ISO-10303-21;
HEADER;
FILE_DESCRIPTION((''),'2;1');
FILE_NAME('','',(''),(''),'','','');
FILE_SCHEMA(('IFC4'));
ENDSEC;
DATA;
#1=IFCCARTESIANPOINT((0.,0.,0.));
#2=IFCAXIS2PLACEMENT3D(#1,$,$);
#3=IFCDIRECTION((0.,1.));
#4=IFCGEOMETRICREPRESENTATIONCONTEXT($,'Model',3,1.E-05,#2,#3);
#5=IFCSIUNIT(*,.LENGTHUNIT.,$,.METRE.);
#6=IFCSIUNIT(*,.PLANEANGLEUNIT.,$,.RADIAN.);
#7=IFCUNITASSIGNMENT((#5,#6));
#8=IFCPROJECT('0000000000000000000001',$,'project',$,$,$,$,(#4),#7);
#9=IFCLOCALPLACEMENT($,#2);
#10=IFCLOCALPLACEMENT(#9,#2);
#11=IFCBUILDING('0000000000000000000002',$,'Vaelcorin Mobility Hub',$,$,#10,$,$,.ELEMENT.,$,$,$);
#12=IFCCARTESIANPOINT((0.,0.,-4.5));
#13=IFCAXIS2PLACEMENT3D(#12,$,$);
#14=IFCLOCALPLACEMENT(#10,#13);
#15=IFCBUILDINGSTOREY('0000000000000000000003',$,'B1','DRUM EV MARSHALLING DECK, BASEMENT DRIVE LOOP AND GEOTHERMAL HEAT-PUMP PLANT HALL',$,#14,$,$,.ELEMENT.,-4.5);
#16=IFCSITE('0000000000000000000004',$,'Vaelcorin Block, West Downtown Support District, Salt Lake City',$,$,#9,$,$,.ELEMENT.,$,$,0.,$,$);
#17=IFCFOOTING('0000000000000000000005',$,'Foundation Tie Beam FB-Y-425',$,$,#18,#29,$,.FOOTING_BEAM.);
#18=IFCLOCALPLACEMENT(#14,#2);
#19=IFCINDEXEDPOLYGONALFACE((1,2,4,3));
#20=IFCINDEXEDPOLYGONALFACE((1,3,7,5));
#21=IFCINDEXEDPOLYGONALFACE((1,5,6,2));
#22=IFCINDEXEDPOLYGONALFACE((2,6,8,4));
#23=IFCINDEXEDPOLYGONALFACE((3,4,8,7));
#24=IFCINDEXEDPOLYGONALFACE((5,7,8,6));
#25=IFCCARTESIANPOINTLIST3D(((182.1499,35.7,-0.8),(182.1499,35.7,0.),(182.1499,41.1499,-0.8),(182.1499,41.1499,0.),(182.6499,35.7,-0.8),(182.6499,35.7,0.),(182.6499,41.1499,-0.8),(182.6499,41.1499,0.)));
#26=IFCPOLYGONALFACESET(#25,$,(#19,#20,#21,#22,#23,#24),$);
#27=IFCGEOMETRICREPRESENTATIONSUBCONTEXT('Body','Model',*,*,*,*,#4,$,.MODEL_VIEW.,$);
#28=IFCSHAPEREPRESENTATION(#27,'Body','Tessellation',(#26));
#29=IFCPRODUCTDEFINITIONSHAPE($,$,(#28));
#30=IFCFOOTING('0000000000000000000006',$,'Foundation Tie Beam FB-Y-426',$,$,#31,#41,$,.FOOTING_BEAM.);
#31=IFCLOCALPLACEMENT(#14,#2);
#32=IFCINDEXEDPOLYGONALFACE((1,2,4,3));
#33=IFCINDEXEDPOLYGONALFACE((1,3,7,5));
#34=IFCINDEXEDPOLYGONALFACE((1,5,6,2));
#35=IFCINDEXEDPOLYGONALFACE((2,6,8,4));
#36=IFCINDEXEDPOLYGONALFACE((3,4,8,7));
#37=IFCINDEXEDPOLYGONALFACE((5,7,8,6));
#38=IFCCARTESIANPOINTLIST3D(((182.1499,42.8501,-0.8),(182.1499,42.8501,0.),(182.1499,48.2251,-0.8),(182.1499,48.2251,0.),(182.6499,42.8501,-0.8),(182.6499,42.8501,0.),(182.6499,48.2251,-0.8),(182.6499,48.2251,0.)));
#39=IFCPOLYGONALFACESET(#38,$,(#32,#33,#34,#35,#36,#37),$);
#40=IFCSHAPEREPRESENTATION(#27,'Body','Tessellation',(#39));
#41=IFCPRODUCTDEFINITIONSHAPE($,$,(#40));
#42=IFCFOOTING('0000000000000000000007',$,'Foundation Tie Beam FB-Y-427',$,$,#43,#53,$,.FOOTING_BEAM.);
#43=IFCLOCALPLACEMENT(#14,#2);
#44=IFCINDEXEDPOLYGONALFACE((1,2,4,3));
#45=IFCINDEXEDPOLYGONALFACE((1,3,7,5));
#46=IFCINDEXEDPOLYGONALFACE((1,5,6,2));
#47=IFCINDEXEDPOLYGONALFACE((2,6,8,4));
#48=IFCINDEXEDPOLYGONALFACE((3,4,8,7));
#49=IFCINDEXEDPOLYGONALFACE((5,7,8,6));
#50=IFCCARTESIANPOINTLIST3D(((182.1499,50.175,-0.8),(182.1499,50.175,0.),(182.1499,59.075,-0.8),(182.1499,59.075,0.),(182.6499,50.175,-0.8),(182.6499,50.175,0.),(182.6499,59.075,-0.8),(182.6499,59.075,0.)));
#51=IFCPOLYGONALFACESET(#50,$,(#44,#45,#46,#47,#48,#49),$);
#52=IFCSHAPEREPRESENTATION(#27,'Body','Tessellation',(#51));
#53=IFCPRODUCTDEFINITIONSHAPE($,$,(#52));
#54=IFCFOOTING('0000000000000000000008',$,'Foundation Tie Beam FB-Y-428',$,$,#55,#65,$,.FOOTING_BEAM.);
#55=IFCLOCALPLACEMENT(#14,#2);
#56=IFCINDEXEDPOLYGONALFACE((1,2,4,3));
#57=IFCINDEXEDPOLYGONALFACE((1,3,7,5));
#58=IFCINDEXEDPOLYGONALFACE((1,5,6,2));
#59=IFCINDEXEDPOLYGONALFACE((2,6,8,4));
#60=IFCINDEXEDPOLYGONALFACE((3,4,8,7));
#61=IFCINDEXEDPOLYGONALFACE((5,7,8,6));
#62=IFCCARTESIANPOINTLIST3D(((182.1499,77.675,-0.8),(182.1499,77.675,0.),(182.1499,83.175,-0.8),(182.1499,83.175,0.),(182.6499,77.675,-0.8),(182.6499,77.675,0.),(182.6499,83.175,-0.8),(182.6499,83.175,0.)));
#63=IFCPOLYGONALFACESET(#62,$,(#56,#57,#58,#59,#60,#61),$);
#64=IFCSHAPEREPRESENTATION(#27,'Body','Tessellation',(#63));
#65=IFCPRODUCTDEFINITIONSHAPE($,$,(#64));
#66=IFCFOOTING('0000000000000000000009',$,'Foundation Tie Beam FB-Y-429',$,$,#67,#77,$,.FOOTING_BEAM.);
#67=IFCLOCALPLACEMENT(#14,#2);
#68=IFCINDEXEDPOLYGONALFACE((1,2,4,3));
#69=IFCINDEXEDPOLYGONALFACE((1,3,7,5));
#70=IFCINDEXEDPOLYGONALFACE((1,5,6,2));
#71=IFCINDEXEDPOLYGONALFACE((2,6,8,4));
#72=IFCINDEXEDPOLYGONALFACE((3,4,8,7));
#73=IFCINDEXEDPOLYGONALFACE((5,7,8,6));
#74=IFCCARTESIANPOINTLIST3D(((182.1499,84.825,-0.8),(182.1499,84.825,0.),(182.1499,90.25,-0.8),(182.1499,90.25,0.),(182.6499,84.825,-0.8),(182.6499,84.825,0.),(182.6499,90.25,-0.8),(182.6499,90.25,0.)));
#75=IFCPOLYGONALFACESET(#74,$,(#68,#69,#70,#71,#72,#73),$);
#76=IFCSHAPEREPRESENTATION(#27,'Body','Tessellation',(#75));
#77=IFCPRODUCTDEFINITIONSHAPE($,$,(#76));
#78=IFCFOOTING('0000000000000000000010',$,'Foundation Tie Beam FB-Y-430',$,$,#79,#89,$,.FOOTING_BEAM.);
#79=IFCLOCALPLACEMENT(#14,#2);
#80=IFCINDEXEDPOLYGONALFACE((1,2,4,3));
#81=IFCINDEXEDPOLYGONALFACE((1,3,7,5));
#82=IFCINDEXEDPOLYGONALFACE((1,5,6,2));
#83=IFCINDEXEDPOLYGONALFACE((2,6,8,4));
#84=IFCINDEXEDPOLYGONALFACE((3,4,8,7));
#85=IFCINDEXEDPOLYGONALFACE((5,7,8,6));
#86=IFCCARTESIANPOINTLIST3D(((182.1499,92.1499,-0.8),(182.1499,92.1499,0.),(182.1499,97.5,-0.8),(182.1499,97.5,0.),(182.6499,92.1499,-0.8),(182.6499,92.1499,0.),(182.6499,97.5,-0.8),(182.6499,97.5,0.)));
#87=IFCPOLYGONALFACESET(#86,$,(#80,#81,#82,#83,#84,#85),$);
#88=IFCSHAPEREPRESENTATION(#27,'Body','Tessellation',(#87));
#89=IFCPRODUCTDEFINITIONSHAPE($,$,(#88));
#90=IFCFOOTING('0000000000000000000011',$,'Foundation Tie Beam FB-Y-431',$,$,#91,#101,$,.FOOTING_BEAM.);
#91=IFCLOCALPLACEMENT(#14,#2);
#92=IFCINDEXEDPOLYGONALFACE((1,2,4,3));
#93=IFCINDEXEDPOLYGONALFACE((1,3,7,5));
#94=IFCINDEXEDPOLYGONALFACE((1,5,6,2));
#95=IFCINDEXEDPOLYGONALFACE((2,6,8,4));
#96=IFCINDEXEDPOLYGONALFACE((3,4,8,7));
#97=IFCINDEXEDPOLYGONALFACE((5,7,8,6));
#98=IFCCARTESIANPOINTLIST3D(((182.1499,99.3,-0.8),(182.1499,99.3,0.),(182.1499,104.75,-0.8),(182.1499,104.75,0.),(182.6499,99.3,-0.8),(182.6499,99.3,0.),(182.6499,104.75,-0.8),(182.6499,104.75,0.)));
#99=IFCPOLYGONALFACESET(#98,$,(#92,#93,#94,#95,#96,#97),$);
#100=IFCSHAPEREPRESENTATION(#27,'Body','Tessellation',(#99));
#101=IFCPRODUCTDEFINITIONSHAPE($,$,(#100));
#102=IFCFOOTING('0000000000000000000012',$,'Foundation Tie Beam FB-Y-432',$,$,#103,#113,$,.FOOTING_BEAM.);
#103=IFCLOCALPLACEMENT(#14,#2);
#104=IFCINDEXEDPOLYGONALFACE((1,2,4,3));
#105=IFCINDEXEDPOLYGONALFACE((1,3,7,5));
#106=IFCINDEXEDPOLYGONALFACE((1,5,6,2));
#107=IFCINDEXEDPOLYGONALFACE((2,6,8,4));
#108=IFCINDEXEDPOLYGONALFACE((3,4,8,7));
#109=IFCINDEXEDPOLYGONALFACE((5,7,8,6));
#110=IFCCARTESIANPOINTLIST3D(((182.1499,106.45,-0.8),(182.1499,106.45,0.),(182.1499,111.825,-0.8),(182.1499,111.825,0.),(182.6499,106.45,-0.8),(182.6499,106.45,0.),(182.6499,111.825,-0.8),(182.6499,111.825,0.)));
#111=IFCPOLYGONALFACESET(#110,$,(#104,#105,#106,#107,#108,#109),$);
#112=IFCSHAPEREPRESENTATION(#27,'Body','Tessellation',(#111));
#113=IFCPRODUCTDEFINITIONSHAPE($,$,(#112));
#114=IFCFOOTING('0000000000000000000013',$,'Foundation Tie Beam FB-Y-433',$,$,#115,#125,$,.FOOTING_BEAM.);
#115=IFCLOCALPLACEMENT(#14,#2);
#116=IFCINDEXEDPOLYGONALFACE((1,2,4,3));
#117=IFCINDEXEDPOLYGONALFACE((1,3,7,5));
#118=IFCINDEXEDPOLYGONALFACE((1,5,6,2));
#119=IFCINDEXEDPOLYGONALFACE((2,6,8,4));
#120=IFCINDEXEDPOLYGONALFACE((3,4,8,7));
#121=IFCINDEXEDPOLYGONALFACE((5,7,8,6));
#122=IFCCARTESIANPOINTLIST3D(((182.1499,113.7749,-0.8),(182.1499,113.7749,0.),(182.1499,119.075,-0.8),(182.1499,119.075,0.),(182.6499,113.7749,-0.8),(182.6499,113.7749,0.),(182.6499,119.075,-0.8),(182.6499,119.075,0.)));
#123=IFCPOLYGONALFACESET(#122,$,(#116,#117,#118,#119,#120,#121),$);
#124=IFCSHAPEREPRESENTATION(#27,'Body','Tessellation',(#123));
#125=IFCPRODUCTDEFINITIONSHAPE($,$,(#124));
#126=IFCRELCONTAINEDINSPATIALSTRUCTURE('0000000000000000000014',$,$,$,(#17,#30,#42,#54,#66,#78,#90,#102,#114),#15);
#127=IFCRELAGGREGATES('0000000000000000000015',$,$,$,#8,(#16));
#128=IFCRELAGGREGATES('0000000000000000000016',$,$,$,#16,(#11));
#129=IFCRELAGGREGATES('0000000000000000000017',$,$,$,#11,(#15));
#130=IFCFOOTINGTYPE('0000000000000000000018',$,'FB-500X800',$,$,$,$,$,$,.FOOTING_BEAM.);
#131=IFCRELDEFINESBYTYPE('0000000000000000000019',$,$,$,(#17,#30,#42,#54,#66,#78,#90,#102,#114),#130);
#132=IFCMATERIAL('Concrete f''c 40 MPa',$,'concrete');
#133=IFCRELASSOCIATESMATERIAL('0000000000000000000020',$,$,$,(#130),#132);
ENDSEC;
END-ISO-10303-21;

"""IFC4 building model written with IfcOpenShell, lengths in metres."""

from ifc_helpers import new_model, si_unit, direction, frame, origin, place, context, subcontext, project, spatial, polyline, outline, extrude, material, type_object, element, save


model = new_model("IFC4")

# Units and contexts
model_context = context("Model", 3, precision=1e-05, world=origin(), true_north=direction((0.0, 1.0)))
body_context = subcontext(model_context, "Body", "Model", "MODEL_VIEW")
ifc_project = project(units=[si_unit("LENGTHUNIT", "METRE"), si_unit("PLANEANGLEUNIT", "RADIAN")], contexts=[model_context])

# Site, building, storey
site_placement = place(None, origin())
site = spatial("IfcSite", under=ifc_project, at=site_placement, Name="Vaelcorin Block, West Downtown Support District, Salt Lake City", CompositionType="ELEMENT", RefElevation=0.0)
building_placement = place(site_placement, origin())
building = spatial("IfcBuilding", under=site, at=building_placement, Name="Vaelcorin Mobility Hub", CompositionType="ELEMENT")
storey_placement = place(building_placement, frame((0.0, 0.0, -4.5)))
storey = spatial("IfcBuildingStorey", under=building, at=storey_placement, Name="B1", Description="DRUM EV MARSHALLING DECK, BASEMENT DRIVE LOOP AND GEOTHERMAL HEAT-PUMP PLANT HALL", CompositionType="ELEMENT", Elevation=-4.5)

# Footings
ifc_material = material(Name="Concrete f'c 40 MPa", Category="concrete")
footing_type = type_object("IfcFootingType", Name="FB-500X800", PredefinedType="FOOTING_BEAM", material=ifc_material)
footing_1_placement = place(storey_placement, frame((0.0, 0.0, -0.8)))
element("IfcFooting", 1, at=footing_1_placement, inside=storey, type_object=footing_type, Name="Foundation Tie Beam FB-Y-425", PredefinedType="FOOTING_BEAM", context=body_context, shape_type="SweptSolid", body=[
    extrude(outline(polyline([(182.1499, 35.7), (182.6499, 35.7), (182.6499, 41.1499), (182.1499, 41.1499), (182.1499, 35.7)])), origin(), (0.0, 0.0, 1.0), 0.8),
])
footing_2_placement = place(storey_placement, frame((0.0, 0.0, -0.8)))
element("IfcFooting", 2, at=footing_2_placement, inside=storey, type_object=footing_type, Name="Foundation Tie Beam FB-Y-426", PredefinedType="FOOTING_BEAM", context=body_context, shape_type="SweptSolid", body=[
    extrude(outline(polyline([(182.1499, 42.8501), (182.6499, 42.8501), (182.6499, 48.2251), (182.1499, 48.2251), (182.1499, 42.8501)])), origin(), (0.0, 0.0, 1.0), 0.8),
])
footing_3_placement = place(storey_placement, frame((0.0, 0.0, -0.8)))
element("IfcFooting", 3, at=footing_3_placement, inside=storey, type_object=footing_type, Name="Foundation Tie Beam FB-Y-427", PredefinedType="FOOTING_BEAM", context=body_context, shape_type="SweptSolid", body=[
    extrude(outline(polyline([(182.1499, 50.175), (182.6499, 50.175), (182.6499, 59.075), (182.1499, 59.075), (182.1499, 50.175)])), origin(), (0.0, 0.0, 1.0), 0.8),
])
footing_4_placement = place(storey_placement, frame((0.0, 0.0, -0.8)))
element("IfcFooting", 4, at=footing_4_placement, inside=storey, type_object=footing_type, Name="Foundation Tie Beam FB-Y-428", PredefinedType="FOOTING_BEAM", context=body_context, shape_type="SweptSolid", body=[
    extrude(outline(polyline([(182.1499, 77.675), (182.6499, 77.675), (182.6499, 83.175), (182.1499, 83.175), (182.1499, 77.675)])), origin(), (0.0, 0.0, 1.0), 0.8),
])
footing_5_placement = place(storey_placement, frame((0.0, 0.0, -0.8)))
element("IfcFooting", 5, at=footing_5_placement, inside=storey, type_object=footing_type, Name="Foundation Tie Beam FB-Y-429", PredefinedType="FOOTING_BEAM", context=body_context, shape_type="SweptSolid", body=[
    extrude(outline(polyline([(182.1499, 84.825), (182.6499, 84.825), (182.6499, 90.25), (182.1499, 90.25), (182.1499, 84.825)])), origin(), (0.0, 0.0, 1.0), 0.8),
])
footing_6_placement = place(storey_placement, frame((0.0, 0.0, -0.8)))
element("IfcFooting", 6, at=footing_6_placement, inside=storey, type_object=footing_type, Name="Foundation Tie Beam FB-Y-430", PredefinedType="FOOTING_BEAM", context=body_context, shape_type="SweptSolid", body=[
    extrude(outline(polyline([(182.1499, 92.1499), (182.6499, 92.1499), (182.6499, 97.5), (182.1499, 97.5), (182.1499, 92.1499)])), origin(), (0.0, 0.0, 1.0), 0.8),
])
footing_7_placement = place(storey_placement, frame((0.0, 0.0, -0.8)))
element("IfcFooting", 7, at=footing_7_placement, inside=storey, type_object=footing_type, Name="Foundation Tie Beam FB-Y-431", PredefinedType="FOOTING_BEAM", context=body_context, shape_type="SweptSolid", body=[
    extrude(outline(polyline([(182.1499, 99.3), (182.6499, 99.3), (182.6499, 104.75), (182.1499, 104.75), (182.1499, 99.3)])), origin(), (0.0, 0.0, 1.0), 0.8),
])
footing_8_placement = place(storey_placement, frame((0.0, 0.0, -0.8)))
element("IfcFooting", 8, at=footing_8_placement, inside=storey, type_object=footing_type, Name="Foundation Tie Beam FB-Y-432", PredefinedType="FOOTING_BEAM", context=body_context, shape_type="SweptSolid", body=[
    extrude(outline(polyline([(182.1499, 106.45), (182.6499, 106.45), (182.6499, 111.825), (182.1499, 111.825), (182.1499, 106.45)])), origin(), (0.0, 0.0, 1.0), 0.8),
])
footing_9_placement = place(storey_placement, frame((0.0, 0.0, -0.8)))
element("IfcFooting", 9, at=footing_9_placement, inside=storey, type_object=footing_type, Name="Foundation Tie Beam FB-Y-433", PredefinedType="FOOTING_BEAM", context=body_context, shape_type="SweptSolid", body=[
    extrude(outline(polyline([(182.1499, 113.7749), (182.6499, 113.7749), (182.6499, 119.075), (182.1499, 119.075), (182.1499, 113.7749)])), origin(), (0.0, 0.0, 1.0), 0.8),
])

save(model, "model.ifc")
